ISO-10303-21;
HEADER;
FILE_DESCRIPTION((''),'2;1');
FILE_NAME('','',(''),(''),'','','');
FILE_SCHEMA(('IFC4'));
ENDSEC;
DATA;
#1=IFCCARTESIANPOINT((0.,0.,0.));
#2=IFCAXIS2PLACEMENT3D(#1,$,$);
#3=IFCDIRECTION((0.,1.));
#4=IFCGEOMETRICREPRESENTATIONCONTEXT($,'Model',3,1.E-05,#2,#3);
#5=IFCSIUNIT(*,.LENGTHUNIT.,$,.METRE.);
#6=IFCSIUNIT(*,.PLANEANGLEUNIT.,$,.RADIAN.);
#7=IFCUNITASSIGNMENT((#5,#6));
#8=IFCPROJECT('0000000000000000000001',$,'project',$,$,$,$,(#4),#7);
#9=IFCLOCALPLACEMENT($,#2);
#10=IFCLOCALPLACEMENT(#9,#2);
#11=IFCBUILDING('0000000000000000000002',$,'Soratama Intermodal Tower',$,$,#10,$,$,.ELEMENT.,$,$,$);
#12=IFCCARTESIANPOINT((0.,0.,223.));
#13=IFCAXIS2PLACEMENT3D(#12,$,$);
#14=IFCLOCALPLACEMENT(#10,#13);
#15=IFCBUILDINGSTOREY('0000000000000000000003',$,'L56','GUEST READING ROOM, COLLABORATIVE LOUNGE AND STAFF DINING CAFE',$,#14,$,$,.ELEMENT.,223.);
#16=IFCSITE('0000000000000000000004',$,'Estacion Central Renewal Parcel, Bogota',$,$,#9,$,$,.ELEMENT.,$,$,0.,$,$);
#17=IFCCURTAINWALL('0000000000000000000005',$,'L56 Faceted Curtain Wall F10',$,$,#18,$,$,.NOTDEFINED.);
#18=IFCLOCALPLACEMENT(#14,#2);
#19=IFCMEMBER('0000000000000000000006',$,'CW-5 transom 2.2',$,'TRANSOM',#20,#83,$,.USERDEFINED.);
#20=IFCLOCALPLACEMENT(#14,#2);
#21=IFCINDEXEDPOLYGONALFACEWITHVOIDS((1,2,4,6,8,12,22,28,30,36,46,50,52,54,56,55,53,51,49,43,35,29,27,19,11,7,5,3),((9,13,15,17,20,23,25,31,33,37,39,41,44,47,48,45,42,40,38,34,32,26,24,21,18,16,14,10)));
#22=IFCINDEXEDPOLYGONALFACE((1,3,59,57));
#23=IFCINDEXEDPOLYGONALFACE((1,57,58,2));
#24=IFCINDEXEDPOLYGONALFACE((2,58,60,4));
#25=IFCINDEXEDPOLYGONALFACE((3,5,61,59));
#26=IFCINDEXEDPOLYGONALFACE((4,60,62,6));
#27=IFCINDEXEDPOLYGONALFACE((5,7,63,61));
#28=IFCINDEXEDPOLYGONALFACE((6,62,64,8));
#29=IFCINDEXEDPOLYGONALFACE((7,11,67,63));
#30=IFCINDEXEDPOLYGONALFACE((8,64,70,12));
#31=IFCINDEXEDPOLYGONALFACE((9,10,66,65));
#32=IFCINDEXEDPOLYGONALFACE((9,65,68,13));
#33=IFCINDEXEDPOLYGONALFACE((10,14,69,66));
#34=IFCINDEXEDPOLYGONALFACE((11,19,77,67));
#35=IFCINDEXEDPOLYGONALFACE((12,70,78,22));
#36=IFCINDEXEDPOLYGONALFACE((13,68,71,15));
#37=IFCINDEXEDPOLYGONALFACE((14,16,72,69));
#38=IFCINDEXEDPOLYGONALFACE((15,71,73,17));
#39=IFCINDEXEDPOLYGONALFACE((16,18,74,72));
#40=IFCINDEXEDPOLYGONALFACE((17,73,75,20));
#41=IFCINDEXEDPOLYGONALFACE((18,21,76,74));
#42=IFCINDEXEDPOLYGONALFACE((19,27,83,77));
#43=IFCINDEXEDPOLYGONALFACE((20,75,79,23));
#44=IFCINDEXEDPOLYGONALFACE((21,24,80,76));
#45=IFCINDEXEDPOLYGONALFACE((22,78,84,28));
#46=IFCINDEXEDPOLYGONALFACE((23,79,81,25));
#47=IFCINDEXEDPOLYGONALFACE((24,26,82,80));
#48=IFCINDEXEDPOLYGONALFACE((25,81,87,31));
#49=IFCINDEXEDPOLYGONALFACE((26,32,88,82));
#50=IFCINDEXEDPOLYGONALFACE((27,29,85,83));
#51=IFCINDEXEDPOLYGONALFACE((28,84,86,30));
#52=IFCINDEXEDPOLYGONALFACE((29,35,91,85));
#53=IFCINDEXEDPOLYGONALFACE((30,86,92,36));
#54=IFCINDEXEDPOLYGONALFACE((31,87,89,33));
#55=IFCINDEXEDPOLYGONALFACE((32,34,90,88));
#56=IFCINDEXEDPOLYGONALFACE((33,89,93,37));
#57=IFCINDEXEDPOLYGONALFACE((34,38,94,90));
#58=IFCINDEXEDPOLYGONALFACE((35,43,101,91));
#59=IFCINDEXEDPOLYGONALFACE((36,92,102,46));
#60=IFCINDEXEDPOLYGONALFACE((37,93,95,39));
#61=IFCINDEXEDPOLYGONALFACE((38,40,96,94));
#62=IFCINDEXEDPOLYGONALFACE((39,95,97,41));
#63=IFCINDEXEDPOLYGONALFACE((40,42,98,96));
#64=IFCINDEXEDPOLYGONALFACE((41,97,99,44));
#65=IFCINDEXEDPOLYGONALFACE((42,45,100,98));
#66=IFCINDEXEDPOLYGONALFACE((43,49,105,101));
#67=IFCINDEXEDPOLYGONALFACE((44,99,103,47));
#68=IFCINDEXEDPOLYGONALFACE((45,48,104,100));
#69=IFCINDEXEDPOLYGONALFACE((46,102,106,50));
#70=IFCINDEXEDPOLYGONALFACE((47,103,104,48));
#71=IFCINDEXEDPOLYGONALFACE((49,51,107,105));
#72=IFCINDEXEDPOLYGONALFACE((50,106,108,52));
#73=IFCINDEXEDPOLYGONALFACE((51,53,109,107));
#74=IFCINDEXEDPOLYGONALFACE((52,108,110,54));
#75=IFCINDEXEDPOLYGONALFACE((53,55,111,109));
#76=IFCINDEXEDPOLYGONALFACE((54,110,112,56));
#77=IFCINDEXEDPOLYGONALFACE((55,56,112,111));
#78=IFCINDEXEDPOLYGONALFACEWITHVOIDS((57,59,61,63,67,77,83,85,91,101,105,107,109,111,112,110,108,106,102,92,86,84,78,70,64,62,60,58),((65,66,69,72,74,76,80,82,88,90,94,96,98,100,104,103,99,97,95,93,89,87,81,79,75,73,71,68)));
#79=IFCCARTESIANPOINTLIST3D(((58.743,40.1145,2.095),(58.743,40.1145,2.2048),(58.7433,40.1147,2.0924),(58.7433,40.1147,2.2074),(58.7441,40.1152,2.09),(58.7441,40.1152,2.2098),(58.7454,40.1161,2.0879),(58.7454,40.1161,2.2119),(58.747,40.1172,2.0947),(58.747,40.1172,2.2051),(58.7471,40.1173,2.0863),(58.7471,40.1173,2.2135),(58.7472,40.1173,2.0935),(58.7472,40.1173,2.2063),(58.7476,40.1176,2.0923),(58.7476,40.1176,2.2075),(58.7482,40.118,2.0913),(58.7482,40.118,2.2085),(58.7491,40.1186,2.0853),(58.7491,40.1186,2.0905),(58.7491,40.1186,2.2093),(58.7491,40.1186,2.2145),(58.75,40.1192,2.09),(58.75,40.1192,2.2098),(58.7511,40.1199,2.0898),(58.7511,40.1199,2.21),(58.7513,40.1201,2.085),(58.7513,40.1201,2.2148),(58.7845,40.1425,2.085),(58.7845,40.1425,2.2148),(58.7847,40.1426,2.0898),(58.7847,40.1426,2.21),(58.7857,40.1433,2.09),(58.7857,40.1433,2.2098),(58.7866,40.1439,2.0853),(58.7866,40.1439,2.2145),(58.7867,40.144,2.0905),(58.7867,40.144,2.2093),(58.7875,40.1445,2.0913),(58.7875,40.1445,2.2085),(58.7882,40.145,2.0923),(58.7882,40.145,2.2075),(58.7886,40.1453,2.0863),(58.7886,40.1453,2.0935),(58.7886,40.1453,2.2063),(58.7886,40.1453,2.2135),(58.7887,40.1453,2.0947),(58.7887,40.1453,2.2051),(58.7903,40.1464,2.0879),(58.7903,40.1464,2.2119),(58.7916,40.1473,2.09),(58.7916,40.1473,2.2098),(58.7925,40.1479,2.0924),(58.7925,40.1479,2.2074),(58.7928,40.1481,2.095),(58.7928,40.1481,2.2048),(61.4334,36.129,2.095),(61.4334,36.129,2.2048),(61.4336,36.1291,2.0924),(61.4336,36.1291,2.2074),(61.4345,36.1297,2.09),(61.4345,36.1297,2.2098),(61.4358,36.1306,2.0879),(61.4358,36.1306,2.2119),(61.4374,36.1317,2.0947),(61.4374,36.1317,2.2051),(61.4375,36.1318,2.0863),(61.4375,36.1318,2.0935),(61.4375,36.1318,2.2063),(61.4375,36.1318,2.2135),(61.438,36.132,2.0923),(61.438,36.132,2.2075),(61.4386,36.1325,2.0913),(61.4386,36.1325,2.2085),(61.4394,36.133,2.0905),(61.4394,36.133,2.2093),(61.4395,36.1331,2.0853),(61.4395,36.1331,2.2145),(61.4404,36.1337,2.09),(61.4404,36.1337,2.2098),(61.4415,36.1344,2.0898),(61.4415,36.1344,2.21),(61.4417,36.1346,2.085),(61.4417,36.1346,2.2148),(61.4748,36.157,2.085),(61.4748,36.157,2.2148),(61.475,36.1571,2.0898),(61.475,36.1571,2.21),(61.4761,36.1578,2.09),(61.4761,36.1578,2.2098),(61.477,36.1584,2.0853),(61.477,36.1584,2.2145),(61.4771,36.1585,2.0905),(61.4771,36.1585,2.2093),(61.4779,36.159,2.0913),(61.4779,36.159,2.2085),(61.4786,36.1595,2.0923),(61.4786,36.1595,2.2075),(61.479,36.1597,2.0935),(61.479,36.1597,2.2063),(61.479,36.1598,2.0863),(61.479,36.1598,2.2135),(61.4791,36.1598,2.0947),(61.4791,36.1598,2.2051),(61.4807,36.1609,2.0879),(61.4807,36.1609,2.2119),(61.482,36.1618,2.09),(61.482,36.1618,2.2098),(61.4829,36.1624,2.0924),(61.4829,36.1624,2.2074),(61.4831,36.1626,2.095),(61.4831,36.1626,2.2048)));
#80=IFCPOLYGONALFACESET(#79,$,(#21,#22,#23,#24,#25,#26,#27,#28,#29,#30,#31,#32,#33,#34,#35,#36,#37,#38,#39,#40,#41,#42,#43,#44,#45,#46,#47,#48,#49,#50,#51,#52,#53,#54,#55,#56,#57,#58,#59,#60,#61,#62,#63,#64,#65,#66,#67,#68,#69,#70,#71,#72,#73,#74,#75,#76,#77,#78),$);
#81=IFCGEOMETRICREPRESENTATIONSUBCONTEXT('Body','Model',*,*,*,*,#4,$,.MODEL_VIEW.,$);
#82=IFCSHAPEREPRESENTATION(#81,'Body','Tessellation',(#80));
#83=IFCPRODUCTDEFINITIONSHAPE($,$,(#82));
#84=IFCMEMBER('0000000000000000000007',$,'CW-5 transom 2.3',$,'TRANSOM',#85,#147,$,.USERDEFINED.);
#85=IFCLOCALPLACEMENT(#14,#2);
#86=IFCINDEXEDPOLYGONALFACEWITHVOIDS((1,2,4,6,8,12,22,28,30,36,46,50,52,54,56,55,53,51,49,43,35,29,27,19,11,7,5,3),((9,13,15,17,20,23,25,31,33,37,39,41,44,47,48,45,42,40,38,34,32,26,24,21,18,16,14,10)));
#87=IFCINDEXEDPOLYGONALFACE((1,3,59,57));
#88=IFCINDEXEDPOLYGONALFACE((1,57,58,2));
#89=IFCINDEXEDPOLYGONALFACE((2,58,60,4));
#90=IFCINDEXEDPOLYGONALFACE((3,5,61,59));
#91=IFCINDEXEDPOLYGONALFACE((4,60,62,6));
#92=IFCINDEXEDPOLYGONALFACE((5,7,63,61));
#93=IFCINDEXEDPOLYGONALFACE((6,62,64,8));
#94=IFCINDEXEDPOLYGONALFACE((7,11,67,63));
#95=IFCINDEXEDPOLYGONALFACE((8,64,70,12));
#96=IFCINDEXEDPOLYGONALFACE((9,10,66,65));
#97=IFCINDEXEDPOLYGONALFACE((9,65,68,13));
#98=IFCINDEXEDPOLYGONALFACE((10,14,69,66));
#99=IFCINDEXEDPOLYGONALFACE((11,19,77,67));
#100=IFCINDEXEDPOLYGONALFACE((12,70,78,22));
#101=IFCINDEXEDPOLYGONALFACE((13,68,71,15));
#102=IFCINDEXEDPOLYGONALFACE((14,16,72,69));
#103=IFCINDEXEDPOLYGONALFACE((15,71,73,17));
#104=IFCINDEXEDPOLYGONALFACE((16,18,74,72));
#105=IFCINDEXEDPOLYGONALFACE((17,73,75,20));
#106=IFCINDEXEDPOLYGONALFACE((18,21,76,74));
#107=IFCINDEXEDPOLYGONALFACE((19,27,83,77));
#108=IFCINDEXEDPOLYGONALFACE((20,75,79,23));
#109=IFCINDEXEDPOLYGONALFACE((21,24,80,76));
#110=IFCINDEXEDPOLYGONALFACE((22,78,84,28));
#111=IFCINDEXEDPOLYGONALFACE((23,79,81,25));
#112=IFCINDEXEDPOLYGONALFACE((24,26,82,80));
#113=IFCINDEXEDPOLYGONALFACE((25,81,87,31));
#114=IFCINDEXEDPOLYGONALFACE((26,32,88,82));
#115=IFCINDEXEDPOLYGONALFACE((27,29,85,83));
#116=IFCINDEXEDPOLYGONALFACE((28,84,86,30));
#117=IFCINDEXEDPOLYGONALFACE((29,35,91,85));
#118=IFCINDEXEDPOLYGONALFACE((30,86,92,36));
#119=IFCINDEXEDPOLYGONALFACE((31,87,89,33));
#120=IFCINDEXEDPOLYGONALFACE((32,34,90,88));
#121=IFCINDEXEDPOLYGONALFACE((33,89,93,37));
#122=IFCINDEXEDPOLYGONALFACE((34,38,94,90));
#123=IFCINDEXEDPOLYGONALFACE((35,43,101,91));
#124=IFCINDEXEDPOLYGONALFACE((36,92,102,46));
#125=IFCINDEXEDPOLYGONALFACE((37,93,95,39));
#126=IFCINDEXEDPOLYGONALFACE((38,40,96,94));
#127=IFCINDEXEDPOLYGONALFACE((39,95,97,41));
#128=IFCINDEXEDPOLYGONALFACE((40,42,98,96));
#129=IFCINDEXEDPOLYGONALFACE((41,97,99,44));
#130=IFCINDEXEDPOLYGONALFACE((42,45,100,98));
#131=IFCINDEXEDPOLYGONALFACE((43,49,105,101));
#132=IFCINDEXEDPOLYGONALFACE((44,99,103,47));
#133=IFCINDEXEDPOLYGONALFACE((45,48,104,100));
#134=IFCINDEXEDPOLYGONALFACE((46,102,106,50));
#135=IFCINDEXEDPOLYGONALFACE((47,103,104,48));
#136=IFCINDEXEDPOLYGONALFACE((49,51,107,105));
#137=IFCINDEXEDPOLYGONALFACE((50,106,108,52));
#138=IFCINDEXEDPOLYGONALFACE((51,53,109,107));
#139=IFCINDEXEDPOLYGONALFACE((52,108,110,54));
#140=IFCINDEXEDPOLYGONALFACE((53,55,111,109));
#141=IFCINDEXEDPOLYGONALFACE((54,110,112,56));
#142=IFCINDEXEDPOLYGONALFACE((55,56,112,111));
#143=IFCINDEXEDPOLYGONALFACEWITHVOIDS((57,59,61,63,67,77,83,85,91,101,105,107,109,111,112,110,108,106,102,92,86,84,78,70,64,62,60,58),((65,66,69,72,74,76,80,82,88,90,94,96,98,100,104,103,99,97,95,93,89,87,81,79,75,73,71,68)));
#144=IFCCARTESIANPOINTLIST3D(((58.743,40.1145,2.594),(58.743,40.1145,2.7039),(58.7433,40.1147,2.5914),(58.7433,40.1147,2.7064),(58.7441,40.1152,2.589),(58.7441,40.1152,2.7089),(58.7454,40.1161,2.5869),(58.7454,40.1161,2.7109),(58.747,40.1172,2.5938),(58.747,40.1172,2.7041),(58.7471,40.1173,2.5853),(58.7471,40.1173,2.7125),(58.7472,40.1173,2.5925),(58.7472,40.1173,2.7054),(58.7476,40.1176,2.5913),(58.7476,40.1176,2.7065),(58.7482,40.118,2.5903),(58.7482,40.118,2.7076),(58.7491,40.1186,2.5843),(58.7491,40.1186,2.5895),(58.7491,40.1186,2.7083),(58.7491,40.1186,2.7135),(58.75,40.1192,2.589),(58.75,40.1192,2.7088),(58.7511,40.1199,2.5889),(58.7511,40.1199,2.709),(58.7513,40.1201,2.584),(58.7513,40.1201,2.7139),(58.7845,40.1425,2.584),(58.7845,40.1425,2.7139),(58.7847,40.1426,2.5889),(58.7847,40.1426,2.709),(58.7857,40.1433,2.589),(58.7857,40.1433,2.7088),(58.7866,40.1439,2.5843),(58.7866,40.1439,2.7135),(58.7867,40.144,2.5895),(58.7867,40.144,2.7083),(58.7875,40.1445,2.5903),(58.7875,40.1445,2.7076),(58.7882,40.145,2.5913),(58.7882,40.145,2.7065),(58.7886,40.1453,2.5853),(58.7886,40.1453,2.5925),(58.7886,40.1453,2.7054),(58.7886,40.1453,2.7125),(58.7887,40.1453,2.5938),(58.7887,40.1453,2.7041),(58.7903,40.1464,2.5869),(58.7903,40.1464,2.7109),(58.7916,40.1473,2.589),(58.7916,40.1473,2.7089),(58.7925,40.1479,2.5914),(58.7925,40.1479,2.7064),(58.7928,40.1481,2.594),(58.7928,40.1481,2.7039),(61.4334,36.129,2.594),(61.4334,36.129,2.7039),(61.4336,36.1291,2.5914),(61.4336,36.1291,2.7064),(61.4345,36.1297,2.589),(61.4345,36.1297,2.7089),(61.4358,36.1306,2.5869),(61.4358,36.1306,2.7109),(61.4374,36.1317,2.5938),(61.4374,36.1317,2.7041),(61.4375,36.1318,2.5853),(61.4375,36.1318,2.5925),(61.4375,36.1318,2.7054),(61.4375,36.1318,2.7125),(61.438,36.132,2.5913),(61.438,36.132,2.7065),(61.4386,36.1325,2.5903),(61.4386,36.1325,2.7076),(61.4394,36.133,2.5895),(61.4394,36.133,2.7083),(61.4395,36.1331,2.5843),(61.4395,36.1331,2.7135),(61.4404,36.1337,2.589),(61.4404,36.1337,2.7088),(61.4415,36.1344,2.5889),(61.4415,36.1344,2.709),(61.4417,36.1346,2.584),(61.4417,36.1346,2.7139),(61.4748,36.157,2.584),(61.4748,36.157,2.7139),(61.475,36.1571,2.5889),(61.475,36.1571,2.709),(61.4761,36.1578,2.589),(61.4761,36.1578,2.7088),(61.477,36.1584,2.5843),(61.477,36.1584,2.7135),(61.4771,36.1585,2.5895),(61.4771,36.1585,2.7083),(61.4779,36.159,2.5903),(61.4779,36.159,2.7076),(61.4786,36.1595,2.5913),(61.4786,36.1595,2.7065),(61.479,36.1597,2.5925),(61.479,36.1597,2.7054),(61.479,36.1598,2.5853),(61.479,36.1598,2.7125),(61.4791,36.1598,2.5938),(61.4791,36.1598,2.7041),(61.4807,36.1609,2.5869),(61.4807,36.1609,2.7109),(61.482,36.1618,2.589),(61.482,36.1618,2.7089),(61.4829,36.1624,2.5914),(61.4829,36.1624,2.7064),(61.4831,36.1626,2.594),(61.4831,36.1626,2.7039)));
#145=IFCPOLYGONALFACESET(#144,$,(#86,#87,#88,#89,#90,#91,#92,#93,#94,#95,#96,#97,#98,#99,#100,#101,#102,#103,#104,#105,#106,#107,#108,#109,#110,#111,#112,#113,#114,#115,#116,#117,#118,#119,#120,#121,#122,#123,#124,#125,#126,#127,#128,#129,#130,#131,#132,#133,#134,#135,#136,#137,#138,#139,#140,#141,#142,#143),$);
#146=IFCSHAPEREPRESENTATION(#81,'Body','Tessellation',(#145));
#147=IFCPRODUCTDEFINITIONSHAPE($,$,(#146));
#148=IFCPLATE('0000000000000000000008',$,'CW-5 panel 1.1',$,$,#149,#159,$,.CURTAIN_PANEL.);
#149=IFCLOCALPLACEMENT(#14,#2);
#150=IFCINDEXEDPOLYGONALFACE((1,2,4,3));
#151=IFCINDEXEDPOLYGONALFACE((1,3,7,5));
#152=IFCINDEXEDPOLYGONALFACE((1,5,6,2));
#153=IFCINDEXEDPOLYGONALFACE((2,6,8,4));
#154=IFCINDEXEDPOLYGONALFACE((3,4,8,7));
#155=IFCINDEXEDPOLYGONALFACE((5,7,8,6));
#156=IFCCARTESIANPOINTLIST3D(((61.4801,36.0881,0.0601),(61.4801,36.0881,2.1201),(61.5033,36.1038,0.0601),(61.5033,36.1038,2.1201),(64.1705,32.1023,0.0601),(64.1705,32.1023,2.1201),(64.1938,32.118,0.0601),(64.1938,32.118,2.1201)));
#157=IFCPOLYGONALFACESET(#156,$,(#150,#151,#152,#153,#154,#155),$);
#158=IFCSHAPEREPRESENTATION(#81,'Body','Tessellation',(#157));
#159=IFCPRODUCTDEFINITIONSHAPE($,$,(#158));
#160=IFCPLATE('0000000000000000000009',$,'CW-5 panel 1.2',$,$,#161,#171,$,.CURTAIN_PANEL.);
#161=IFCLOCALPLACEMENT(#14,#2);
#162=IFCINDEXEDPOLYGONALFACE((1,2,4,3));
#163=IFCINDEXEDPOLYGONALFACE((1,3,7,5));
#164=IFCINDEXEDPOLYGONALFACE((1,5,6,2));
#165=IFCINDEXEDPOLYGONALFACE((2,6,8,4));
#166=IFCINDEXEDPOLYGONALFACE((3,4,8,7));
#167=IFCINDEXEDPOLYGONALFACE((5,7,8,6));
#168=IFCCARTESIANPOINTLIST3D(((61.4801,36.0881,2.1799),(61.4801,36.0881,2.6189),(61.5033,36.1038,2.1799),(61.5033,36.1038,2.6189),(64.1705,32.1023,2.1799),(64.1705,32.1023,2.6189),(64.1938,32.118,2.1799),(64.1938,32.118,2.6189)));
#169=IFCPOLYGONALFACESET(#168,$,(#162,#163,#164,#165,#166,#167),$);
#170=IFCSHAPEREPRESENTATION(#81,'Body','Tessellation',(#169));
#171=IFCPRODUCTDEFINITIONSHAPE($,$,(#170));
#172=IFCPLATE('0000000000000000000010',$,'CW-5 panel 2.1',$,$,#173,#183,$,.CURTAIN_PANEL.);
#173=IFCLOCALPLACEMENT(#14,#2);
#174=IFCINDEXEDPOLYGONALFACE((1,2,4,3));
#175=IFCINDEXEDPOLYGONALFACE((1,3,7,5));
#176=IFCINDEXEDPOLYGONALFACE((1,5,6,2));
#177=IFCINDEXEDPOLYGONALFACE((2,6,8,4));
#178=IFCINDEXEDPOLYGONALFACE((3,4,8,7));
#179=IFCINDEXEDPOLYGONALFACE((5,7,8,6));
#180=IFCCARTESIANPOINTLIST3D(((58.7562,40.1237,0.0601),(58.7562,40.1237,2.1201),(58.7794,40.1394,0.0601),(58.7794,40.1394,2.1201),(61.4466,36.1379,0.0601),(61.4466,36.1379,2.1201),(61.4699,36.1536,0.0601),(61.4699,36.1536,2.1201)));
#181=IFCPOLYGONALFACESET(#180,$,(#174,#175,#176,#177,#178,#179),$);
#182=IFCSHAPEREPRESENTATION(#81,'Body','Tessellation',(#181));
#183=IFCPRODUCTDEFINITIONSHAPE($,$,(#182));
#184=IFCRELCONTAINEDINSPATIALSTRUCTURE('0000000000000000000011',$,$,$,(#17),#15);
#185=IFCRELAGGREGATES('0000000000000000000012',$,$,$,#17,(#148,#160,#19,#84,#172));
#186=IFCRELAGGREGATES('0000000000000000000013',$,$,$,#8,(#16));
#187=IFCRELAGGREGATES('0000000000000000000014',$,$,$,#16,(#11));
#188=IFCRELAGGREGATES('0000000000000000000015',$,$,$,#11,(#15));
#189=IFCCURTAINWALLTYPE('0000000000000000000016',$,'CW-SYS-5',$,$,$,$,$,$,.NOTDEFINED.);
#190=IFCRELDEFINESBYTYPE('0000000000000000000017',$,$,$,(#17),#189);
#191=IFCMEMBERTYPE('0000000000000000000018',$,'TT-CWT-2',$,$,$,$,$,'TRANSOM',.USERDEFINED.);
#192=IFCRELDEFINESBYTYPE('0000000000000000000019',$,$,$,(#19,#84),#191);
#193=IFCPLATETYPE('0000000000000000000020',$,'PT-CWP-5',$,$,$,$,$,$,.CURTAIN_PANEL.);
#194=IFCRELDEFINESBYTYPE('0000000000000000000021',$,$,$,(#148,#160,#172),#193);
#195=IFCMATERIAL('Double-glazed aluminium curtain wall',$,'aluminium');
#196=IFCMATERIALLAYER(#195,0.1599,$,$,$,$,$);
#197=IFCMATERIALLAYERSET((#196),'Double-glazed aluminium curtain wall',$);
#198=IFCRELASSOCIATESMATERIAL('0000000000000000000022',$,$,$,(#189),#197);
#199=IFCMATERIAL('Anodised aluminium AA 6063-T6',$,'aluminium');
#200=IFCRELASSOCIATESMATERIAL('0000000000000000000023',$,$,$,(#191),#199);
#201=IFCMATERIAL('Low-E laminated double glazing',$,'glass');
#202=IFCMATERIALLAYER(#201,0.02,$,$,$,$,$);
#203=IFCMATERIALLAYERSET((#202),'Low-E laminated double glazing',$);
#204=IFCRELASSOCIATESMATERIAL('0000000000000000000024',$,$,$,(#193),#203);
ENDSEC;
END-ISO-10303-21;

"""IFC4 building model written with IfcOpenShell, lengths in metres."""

from ifc_helpers import new_model, si_unit, direction, frame, origin, origin_2d, place, context, subcontext, project, spatial, rectangle, hollow_rectangle, extrude, material, layer, layer_set, material_profile, profile_set, type_object, element, aggregate, save


model = new_model("IFC4")

# Units and contexts
model_context = context("Model", 3, precision=1e-05, world=origin(), true_north=direction((0.0, 1.0)))
body_context = subcontext(model_context, "Body", "Model", "MODEL_VIEW")
ifc_project = project(units=[si_unit("LENGTHUNIT", "METRE"), si_unit("PLANEANGLEUNIT", "RADIAN")], contexts=[model_context])

# Site, building, storey
site_placement = place(None, origin())
site = spatial("IfcSite", under=ifc_project, at=site_placement, Name="Estacion Central Renewal Parcel, Bogota", CompositionType="ELEMENT", RefElevation=0.0)
building_placement = place(site_placement, origin())
building = spatial("IfcBuilding", under=site, at=building_placement, Name="Soratama Intermodal Tower", CompositionType="ELEMENT")
storey_placement = place(building_placement, frame((0.0, 0.0, 223.0)))
storey = spatial("IfcBuildingStorey", under=building, at=storey_placement, Name="L56", Description="GUEST READING ROOM, COLLABORATIVE LOUNGE AND STAFF DINING CAFE", CompositionType="ELEMENT", Elevation=223.0)

# Curtain wall, members, plates
ifc_material_1 = material(Name="Double-glazed aluminium curtain wall", Category="aluminium")
ifc_layer_1 = layer(ifc_material_1, 0.1599)
ifc_layer_set_1 = layer_set([ifc_layer_1], Name="Double-glazed aluminium curtain wall")
curtain_wall_type = type_object("IfcCurtainWallType", Name="CW-SYS-5", PredefinedType="NOTDEFINED", material=ifc_layer_set_1)
curtain_wall_placement = place(storey_placement, origin())
curtain_wall = element("IfcCurtainWall", 1, at=curtain_wall_placement, inside=storey, type_object=curtain_wall_type, Name="L56 Faceted Curtain Wall F10", PredefinedType="NOTDEFINED")
ifc_material_2 = material(Name="Anodised aluminium AA 6063-T6", Category="aluminium")
ifc_material_profile_1 = material_profile(ifc_material_2, hollow_rectangle(XDim=0.0601, YDim=0.1299, WallThickness=0.0049, InnerFilletRadius=0.0049, OuterFilletRadius=0.01, at=origin_2d()), Name="CWT130X60X5")
ifc_profile_set_1 = profile_set([ifc_material_profile_1], Name="Anodised aluminium AA 6063-T6")
member_type_1 = type_object("IfcMemberType", Name="TT-CWT-2", ElementType="TRANSOM", PredefinedType="USERDEFINED", material=ifc_profile_set_1)
member_1_placement = place(storey_placement, frame((61.4583, 36.1458, 2.1499), z_axis=(-0.559495, 0.828834, 0.0), x_axis=(-0.828834, -0.559495, 0.0)))
member_1 = element("IfcMember", 2, at=member_1_placement, type_object=member_type_1, Name="CW-5 transom 2.2", ObjectType="TRANSOM", PredefinedType="USERDEFINED", context=body_context, shape_type="SweptSolid", body=[
    extrude(hollow_rectangle(XDim=0.0601, YDim=0.1299, WallThickness=0.0049, InnerFilletRadius=0.0049, OuterFilletRadius=0.01, at=origin_2d()), origin(), (0.0, 0.0, 1.0), 4.8086),
])
member_2_placement = place(storey_placement, frame((61.4583, 36.1458, 2.6489), z_axis=(-0.559495, 0.828834, 0.0), x_axis=(-0.828834, -0.559495, 0.0)))
member_2 = element("IfcMember", 3, at=member_2_placement, type_object=member_type_1, Name="CW-5 transom 2.3", ObjectType="TRANSOM", PredefinedType="USERDEFINED", context=body_context, shape_type="SweptSolid", body=[
    extrude(hollow_rectangle(XDim=0.0601, YDim=0.1299, WallThickness=0.0049, InnerFilletRadius=0.0049, OuterFilletRadius=0.01, at=origin_2d()), origin(), (0.0, 0.0, 1.0), 4.8086),
])
ifc_material_3 = material(Name="Low-E laminated double glazing", Category="glass")
ifc_layer_2 = layer(ifc_material_3, 0.02)
ifc_layer_set_2 = layer_set([ifc_layer_2], Name="Low-E laminated double glazing")
plate_type = type_object("IfcPlateType", Name="PT-CWP-5", PredefinedType="CURTAIN_PANEL", material=ifc_layer_set_2)
plate_1_placement = place(storey_placement, frame((62.8369, 34.103, 0.0601), z_axis=(0.0, 0.0, 1.0), x_axis=(-0.559482, 0.828843, 0.0)))
plate_1 = element("IfcPlate", 4, at=plate_1_placement, type_object=plate_type, Name="CW-5 panel 1.1", PredefinedType="CURTAIN_PANEL", context=body_context, shape_type="SweptSolid", body=[
    extrude(rectangle(XDim=4.8088, YDim=0.0281, at=origin_2d()), origin(), (0.0, 0.0, 1.0), 2.0601),
])
plate_2_placement = place(storey_placement, frame((62.8369, 34.103, 2.1799), z_axis=(0.0, 0.0, 1.0), x_axis=(-0.559482, 0.828843, 0.0)))
plate_2 = element("IfcPlate", 5, at=plate_2_placement, type_object=plate_type, Name="CW-5 panel 1.2", PredefinedType="CURTAIN_PANEL", context=body_context, shape_type="SweptSolid", body=[
    extrude(rectangle(XDim=4.8088, YDim=0.0281, at=origin_2d()), origin(), (0.0, 0.0, 1.0), 0.439),
])
plate_3_placement = place(storey_placement, frame((60.113, 38.1387, 0.0601), z_axis=(0.0, 0.0, 1.0), x_axis=(-0.559482, 0.828843, 0.0)))
plate_3 = element("IfcPlate", 6, at=plate_3_placement, type_object=plate_type, Name="CW-5 panel 2.1", PredefinedType="CURTAIN_PANEL", context=body_context, shape_type="SweptSolid", body=[
    extrude(rectangle(XDim=4.8088, YDim=0.0281, at=origin_2d()), origin(), (0.0, 0.0, 1.0), 2.0601),
])
aggregate(curtain_wall, [plate_1, plate_2, member_1, member_2, plate_3])

save(model, "model.ifc")
